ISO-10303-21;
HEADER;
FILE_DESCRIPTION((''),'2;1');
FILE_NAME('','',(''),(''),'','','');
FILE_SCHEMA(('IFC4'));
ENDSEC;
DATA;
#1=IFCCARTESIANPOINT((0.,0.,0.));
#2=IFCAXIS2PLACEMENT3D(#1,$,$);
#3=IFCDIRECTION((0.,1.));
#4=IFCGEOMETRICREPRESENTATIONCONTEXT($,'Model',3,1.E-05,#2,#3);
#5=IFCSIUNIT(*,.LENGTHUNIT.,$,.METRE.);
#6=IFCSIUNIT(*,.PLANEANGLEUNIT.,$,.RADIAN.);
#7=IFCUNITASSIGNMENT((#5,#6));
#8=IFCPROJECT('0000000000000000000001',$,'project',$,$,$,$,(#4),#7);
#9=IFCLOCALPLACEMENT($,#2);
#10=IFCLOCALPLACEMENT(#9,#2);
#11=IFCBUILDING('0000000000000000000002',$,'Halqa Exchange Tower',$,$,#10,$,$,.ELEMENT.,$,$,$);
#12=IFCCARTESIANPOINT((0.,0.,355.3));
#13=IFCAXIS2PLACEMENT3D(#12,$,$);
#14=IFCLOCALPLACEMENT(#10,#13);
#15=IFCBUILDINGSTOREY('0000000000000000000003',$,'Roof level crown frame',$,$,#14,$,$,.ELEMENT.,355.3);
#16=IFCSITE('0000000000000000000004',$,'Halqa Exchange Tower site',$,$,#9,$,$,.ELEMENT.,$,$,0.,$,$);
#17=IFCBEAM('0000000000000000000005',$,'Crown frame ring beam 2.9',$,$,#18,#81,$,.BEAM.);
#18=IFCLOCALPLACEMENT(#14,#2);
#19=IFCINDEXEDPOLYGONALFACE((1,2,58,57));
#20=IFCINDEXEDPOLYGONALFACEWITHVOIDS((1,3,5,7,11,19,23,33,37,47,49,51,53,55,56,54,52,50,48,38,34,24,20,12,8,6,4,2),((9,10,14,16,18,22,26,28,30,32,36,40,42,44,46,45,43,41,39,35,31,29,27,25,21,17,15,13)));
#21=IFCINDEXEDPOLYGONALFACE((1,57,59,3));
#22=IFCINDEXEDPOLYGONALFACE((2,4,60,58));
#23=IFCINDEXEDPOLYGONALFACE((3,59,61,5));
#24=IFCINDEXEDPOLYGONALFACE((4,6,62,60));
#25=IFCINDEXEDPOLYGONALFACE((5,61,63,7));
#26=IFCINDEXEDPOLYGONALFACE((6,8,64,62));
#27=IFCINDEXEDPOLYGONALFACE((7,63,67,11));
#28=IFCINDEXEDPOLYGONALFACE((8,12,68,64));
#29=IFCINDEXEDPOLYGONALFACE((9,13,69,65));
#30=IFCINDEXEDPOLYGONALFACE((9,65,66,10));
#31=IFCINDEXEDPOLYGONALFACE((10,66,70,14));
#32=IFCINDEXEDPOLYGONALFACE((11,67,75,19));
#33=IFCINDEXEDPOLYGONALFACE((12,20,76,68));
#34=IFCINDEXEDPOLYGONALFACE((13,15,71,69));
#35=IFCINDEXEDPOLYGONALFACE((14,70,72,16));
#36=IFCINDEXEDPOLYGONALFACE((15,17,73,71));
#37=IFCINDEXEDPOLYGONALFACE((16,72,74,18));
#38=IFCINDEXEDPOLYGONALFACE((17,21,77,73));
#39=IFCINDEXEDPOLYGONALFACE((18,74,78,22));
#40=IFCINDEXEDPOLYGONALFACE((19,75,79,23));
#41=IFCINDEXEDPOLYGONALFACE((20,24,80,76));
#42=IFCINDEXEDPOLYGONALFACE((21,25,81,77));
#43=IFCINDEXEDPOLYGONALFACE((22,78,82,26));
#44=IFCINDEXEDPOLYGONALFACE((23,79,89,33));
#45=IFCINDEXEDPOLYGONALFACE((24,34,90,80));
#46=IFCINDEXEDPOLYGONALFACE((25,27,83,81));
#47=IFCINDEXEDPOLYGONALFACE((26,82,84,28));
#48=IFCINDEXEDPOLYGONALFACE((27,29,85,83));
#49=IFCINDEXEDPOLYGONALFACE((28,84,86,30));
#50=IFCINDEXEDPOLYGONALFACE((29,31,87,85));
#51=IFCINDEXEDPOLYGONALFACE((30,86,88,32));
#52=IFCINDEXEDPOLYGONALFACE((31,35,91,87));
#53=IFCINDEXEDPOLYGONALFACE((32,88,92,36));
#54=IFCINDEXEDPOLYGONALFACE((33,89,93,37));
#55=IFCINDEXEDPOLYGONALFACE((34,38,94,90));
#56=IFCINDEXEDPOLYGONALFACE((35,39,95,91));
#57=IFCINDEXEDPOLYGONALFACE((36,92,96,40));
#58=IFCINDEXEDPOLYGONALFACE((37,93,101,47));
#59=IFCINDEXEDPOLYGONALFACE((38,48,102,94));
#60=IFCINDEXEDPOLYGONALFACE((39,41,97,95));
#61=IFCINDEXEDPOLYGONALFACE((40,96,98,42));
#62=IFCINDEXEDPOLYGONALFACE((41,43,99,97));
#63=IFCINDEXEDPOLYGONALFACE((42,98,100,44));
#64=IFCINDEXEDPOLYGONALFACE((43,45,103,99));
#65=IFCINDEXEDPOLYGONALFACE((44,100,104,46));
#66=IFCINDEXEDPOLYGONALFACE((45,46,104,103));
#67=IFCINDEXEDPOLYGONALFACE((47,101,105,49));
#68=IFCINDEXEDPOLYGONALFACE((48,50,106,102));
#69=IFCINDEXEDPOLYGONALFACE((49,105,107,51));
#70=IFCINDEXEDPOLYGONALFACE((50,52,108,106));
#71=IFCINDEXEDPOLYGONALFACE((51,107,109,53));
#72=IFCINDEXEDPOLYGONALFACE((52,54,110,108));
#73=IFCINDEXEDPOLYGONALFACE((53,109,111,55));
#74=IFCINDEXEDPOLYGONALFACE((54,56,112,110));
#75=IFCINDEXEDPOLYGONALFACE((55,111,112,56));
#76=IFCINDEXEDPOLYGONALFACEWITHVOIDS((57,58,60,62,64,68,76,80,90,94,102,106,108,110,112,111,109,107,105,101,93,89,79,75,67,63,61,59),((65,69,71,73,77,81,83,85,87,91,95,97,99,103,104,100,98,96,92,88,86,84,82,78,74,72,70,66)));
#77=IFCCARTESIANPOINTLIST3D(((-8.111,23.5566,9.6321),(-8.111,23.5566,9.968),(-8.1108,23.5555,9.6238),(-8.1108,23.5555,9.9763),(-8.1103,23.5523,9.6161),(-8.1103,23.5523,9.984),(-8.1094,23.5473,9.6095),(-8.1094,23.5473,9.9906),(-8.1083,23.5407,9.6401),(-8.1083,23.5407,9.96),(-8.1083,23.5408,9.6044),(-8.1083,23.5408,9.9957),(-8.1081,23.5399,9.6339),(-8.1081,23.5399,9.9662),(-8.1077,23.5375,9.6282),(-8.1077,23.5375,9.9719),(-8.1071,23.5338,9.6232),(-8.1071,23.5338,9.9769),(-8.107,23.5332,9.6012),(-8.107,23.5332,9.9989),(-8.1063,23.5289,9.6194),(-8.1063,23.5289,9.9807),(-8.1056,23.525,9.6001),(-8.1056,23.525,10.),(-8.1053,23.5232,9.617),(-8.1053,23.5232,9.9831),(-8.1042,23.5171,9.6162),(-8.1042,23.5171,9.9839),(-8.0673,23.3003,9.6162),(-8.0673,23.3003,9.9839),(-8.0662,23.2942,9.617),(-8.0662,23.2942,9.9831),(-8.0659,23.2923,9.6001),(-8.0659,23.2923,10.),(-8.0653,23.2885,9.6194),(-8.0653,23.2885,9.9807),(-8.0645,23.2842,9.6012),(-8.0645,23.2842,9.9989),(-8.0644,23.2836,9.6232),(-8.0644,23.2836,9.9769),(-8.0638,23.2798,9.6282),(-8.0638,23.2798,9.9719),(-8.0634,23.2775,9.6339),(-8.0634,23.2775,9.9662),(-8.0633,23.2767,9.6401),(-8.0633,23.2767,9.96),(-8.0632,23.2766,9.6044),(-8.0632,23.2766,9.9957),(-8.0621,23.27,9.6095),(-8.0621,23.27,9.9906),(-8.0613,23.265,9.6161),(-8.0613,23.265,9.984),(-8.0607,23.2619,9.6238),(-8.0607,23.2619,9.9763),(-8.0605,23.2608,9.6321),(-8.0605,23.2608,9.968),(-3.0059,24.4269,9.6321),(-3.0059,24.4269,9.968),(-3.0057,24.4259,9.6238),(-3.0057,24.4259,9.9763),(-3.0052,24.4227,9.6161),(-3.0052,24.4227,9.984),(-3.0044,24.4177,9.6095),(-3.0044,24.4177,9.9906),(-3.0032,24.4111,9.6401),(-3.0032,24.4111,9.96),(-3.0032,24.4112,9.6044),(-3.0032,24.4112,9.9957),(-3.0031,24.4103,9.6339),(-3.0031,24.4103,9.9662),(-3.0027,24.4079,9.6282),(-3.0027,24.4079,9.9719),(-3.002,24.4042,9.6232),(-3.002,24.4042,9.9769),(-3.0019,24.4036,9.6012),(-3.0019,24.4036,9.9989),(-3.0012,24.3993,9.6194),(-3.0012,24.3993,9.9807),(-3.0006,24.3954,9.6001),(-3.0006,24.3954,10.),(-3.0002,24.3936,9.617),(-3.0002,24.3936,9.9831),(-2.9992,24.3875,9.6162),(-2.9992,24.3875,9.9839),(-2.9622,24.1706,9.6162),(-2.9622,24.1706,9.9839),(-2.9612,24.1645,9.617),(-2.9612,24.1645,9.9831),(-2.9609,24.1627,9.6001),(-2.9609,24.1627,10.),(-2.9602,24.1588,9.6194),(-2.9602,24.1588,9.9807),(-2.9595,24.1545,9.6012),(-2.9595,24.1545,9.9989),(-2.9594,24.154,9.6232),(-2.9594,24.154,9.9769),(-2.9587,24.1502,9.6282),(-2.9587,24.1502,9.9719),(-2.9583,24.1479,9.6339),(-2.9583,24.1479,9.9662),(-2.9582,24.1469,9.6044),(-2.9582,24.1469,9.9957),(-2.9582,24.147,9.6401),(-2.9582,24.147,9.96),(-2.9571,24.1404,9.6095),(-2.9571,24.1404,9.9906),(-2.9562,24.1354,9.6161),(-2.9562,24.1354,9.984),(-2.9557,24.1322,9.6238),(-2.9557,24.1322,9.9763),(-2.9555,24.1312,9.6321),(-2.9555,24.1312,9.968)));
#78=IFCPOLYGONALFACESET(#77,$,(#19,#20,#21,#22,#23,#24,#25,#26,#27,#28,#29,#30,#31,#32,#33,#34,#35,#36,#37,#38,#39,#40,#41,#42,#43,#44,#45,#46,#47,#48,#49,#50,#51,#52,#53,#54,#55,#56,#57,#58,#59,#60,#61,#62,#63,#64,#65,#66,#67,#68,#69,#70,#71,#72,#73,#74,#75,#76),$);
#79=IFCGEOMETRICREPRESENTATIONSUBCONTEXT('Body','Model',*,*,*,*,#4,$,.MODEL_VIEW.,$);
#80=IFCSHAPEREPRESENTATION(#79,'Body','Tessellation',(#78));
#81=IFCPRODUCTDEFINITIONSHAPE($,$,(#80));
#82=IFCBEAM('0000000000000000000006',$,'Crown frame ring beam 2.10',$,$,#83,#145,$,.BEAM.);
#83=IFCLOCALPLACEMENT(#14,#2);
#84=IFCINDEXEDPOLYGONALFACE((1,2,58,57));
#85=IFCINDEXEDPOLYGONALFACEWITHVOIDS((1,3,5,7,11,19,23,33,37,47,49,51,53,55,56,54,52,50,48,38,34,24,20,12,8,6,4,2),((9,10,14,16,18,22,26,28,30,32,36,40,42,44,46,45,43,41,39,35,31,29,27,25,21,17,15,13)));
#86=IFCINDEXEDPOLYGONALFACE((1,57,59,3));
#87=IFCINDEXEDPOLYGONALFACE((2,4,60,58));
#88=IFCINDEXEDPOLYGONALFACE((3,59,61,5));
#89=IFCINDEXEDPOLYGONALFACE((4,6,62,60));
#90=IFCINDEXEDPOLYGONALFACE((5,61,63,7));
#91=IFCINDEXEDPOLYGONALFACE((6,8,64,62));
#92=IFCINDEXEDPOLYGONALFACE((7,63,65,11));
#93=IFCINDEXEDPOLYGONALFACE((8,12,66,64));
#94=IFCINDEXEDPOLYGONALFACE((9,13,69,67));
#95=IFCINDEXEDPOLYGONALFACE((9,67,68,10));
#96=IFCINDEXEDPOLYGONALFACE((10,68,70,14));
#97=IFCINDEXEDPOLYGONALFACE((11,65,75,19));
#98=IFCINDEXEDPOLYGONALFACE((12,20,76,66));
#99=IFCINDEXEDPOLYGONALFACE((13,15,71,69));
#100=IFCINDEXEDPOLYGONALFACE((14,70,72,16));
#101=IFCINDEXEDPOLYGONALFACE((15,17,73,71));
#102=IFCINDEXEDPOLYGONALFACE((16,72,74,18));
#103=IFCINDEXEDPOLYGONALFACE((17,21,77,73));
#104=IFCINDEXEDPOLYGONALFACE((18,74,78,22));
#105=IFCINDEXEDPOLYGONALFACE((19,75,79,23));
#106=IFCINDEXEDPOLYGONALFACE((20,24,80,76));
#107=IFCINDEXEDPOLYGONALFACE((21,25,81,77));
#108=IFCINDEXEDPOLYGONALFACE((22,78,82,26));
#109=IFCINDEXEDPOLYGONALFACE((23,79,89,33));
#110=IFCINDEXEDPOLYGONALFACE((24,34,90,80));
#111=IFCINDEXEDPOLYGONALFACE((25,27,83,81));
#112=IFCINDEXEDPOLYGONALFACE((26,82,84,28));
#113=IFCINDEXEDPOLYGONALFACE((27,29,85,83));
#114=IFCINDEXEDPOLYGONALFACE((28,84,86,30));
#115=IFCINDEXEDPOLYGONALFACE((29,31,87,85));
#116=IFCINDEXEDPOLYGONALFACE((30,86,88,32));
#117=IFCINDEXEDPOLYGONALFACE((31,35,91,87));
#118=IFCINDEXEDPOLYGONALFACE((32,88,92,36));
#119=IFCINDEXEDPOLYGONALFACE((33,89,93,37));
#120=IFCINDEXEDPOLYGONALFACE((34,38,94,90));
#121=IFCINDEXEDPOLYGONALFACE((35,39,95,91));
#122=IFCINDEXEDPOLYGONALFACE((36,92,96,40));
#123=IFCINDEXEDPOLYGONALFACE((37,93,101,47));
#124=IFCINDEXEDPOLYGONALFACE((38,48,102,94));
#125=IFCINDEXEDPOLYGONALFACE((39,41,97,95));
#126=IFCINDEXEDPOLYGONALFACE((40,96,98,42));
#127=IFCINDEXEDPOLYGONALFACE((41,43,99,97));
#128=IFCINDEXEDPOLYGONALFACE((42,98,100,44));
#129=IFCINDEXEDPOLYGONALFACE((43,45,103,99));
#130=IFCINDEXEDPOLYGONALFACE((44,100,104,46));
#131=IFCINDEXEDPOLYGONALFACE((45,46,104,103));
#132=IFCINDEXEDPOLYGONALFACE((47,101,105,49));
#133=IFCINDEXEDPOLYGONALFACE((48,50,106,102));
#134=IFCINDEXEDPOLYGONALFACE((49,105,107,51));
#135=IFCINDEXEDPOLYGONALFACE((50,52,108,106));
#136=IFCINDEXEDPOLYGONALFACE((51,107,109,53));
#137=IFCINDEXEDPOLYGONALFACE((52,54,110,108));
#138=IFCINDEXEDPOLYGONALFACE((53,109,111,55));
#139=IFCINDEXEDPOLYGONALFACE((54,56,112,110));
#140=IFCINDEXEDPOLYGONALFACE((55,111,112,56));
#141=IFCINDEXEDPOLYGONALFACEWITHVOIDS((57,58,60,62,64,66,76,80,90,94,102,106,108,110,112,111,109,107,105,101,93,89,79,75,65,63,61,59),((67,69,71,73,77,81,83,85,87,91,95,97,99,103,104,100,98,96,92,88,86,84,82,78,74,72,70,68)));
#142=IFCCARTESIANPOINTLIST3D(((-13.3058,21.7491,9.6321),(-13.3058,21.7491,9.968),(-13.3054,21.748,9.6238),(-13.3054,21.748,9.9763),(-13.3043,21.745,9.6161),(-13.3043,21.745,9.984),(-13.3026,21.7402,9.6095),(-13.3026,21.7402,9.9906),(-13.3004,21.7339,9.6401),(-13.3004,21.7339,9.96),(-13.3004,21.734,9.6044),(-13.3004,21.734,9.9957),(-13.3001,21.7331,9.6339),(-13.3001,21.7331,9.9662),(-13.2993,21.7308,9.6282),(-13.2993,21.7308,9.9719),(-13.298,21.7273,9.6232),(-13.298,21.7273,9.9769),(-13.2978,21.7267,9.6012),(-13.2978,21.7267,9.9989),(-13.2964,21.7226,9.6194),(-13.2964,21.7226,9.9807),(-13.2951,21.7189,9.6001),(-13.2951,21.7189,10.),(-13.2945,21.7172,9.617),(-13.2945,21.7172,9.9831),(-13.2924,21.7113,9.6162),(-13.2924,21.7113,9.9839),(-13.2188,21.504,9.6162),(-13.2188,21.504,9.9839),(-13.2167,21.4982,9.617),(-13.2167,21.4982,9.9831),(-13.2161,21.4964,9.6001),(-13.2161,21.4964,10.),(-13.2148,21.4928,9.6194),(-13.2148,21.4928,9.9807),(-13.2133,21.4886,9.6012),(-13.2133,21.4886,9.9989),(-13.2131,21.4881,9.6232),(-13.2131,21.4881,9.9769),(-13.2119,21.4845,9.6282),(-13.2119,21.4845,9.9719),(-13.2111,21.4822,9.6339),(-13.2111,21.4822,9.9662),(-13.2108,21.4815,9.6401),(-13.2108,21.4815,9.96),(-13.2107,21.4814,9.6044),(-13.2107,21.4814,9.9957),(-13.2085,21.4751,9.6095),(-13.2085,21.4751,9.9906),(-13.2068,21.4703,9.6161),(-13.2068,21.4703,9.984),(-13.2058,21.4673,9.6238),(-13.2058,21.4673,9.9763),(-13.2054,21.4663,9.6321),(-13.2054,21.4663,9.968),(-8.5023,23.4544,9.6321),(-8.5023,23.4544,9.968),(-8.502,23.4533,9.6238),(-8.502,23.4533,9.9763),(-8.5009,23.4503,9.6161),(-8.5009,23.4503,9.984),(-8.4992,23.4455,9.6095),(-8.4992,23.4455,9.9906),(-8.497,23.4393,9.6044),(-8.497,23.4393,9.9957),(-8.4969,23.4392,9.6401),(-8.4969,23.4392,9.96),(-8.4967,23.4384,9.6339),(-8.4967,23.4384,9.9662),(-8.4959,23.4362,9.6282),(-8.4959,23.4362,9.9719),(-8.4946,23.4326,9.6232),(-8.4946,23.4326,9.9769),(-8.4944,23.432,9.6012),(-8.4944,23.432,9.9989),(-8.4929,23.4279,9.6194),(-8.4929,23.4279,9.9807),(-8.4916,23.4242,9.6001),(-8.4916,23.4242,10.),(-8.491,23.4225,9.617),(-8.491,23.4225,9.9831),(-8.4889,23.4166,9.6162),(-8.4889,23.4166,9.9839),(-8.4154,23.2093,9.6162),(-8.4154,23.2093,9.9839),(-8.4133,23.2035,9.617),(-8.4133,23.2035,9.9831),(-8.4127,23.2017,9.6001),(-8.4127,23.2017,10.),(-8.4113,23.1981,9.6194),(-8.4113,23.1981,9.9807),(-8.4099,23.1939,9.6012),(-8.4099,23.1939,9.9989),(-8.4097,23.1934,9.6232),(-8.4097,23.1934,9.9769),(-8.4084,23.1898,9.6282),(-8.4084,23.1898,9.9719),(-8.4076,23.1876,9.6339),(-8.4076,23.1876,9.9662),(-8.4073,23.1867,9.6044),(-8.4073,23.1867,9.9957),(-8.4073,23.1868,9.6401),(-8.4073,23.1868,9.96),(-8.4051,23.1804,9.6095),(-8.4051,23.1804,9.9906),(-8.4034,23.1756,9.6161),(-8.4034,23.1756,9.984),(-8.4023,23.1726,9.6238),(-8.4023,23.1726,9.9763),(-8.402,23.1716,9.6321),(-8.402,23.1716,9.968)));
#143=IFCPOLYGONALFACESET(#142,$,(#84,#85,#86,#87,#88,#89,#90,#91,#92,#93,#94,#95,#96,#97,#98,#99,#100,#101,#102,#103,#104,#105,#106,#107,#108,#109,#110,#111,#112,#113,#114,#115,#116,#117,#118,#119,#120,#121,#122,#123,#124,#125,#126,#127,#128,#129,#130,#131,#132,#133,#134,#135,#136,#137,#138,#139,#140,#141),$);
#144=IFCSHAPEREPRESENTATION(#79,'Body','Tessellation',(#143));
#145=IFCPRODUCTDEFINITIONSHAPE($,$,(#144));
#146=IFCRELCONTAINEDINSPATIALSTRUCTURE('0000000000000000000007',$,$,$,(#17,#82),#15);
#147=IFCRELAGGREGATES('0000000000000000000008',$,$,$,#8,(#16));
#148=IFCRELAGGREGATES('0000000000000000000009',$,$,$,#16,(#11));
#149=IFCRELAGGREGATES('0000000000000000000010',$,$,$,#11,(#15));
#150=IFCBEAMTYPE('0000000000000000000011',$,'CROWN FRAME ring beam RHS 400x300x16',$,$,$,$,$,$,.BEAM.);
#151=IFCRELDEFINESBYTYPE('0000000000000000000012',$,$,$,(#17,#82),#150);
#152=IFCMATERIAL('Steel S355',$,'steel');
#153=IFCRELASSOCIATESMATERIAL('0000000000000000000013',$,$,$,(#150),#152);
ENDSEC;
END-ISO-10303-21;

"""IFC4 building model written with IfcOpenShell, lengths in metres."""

from ifc_helpers import new_model, si_unit, direction, frame, origin, origin_2d, place, context, subcontext, project, spatial, hollow_rectangle, extrude, material, material_profile, profile_set, type_object, element, save


model = new_model("IFC4")

# Units and contexts
model_context = context("Model", 3, precision=1e-05, world=origin(), true_north=direction((0.0, 1.0)))
body_context = subcontext(model_context, "Body", "Model", "MODEL_VIEW")
ifc_project = project(units=[si_unit("LENGTHUNIT", "METRE"), si_unit("PLANEANGLEUNIT", "RADIAN")], contexts=[model_context])

# Site, building, storey
site_placement = place(None, origin())
site = spatial("IfcSite", under=ifc_project, at=site_placement, Name="Halqa Exchange Tower site", CompositionType="ELEMENT", RefElevation=0.0)
building_placement = place(site_placement, origin())
building = spatial("IfcBuilding", under=site, at=building_placement, Name="Halqa Exchange Tower", CompositionType="ELEMENT")
storey_placement = place(building_placement, frame((0.0, 0.0, 355.3)))
storey = spatial("IfcBuildingStorey", under=building, at=storey_placement, Name="Roof level crown frame", CompositionType="ELEMENT", Elevation=355.3)

# Shared definitions
ifc_material_1 = material(Name="Steel S355", Category="steel")

# Beams
ifc_material_profile_1 = material_profile(ifc_material_1, hollow_rectangle(XDim=0.3, YDim=0.3999, WallThickness=0.0161, InnerFilletRadius=0.0239, OuterFilletRadius=0.032, at=origin_2d()), Name="RHS 400x300x16")
ifc_profile_set_1 = profile_set([ifc_material_profile_1], Name="Steel S355")
beam_type = type_object("IfcBeamType", Name="CROWN FRAME ring beam RHS 400x300x16", PredefinedType="BEAM", material=ifc_profile_set_1)
beam_1_placement = place(storey_placement, frame((-2.9807, 24.2791, 9.8), z_axis=(-0.985776, -0.168067, 0.0), x_axis=(0.168067, -0.985776, 0.0)))
element("IfcBeam", 1, at=beam_1_placement, inside=storey, type_object=beam_type, Name="Crown frame ring beam 2.9", PredefinedType="BEAM", context=body_context, shape_type="SweptSolid", body=[
    extrude(hollow_rectangle(XDim=0.3, YDim=0.3999, WallThickness=0.0161, InnerFilletRadius=0.0239, OuterFilletRadius=0.032, at=origin_2d()), origin(), (0.0, 0.0, 1.0), 5.1787),
])
beam_2_placement = place(storey_placement, frame((-8.4521, 23.313, 9.8), z_axis=(-0.942374, -0.334561, 0.0), x_axis=(0.334561, -0.942374, 0.0)))
element("IfcBeam", 2, at=beam_2_placement, inside=storey, type_object=beam_type, Name="Crown frame ring beam 2.10", PredefinedType="BEAM", context=body_context, shape_type="SweptSolid", body=[
    extrude(hollow_rectangle(XDim=0.3, YDim=0.3999, WallThickness=0.0161, InnerFilletRadius=0.0239, OuterFilletRadius=0.032, at=origin_2d()), origin(), (0.0, 0.0, 1.0), 5.0972),
])

save(model, "model.ifc")
